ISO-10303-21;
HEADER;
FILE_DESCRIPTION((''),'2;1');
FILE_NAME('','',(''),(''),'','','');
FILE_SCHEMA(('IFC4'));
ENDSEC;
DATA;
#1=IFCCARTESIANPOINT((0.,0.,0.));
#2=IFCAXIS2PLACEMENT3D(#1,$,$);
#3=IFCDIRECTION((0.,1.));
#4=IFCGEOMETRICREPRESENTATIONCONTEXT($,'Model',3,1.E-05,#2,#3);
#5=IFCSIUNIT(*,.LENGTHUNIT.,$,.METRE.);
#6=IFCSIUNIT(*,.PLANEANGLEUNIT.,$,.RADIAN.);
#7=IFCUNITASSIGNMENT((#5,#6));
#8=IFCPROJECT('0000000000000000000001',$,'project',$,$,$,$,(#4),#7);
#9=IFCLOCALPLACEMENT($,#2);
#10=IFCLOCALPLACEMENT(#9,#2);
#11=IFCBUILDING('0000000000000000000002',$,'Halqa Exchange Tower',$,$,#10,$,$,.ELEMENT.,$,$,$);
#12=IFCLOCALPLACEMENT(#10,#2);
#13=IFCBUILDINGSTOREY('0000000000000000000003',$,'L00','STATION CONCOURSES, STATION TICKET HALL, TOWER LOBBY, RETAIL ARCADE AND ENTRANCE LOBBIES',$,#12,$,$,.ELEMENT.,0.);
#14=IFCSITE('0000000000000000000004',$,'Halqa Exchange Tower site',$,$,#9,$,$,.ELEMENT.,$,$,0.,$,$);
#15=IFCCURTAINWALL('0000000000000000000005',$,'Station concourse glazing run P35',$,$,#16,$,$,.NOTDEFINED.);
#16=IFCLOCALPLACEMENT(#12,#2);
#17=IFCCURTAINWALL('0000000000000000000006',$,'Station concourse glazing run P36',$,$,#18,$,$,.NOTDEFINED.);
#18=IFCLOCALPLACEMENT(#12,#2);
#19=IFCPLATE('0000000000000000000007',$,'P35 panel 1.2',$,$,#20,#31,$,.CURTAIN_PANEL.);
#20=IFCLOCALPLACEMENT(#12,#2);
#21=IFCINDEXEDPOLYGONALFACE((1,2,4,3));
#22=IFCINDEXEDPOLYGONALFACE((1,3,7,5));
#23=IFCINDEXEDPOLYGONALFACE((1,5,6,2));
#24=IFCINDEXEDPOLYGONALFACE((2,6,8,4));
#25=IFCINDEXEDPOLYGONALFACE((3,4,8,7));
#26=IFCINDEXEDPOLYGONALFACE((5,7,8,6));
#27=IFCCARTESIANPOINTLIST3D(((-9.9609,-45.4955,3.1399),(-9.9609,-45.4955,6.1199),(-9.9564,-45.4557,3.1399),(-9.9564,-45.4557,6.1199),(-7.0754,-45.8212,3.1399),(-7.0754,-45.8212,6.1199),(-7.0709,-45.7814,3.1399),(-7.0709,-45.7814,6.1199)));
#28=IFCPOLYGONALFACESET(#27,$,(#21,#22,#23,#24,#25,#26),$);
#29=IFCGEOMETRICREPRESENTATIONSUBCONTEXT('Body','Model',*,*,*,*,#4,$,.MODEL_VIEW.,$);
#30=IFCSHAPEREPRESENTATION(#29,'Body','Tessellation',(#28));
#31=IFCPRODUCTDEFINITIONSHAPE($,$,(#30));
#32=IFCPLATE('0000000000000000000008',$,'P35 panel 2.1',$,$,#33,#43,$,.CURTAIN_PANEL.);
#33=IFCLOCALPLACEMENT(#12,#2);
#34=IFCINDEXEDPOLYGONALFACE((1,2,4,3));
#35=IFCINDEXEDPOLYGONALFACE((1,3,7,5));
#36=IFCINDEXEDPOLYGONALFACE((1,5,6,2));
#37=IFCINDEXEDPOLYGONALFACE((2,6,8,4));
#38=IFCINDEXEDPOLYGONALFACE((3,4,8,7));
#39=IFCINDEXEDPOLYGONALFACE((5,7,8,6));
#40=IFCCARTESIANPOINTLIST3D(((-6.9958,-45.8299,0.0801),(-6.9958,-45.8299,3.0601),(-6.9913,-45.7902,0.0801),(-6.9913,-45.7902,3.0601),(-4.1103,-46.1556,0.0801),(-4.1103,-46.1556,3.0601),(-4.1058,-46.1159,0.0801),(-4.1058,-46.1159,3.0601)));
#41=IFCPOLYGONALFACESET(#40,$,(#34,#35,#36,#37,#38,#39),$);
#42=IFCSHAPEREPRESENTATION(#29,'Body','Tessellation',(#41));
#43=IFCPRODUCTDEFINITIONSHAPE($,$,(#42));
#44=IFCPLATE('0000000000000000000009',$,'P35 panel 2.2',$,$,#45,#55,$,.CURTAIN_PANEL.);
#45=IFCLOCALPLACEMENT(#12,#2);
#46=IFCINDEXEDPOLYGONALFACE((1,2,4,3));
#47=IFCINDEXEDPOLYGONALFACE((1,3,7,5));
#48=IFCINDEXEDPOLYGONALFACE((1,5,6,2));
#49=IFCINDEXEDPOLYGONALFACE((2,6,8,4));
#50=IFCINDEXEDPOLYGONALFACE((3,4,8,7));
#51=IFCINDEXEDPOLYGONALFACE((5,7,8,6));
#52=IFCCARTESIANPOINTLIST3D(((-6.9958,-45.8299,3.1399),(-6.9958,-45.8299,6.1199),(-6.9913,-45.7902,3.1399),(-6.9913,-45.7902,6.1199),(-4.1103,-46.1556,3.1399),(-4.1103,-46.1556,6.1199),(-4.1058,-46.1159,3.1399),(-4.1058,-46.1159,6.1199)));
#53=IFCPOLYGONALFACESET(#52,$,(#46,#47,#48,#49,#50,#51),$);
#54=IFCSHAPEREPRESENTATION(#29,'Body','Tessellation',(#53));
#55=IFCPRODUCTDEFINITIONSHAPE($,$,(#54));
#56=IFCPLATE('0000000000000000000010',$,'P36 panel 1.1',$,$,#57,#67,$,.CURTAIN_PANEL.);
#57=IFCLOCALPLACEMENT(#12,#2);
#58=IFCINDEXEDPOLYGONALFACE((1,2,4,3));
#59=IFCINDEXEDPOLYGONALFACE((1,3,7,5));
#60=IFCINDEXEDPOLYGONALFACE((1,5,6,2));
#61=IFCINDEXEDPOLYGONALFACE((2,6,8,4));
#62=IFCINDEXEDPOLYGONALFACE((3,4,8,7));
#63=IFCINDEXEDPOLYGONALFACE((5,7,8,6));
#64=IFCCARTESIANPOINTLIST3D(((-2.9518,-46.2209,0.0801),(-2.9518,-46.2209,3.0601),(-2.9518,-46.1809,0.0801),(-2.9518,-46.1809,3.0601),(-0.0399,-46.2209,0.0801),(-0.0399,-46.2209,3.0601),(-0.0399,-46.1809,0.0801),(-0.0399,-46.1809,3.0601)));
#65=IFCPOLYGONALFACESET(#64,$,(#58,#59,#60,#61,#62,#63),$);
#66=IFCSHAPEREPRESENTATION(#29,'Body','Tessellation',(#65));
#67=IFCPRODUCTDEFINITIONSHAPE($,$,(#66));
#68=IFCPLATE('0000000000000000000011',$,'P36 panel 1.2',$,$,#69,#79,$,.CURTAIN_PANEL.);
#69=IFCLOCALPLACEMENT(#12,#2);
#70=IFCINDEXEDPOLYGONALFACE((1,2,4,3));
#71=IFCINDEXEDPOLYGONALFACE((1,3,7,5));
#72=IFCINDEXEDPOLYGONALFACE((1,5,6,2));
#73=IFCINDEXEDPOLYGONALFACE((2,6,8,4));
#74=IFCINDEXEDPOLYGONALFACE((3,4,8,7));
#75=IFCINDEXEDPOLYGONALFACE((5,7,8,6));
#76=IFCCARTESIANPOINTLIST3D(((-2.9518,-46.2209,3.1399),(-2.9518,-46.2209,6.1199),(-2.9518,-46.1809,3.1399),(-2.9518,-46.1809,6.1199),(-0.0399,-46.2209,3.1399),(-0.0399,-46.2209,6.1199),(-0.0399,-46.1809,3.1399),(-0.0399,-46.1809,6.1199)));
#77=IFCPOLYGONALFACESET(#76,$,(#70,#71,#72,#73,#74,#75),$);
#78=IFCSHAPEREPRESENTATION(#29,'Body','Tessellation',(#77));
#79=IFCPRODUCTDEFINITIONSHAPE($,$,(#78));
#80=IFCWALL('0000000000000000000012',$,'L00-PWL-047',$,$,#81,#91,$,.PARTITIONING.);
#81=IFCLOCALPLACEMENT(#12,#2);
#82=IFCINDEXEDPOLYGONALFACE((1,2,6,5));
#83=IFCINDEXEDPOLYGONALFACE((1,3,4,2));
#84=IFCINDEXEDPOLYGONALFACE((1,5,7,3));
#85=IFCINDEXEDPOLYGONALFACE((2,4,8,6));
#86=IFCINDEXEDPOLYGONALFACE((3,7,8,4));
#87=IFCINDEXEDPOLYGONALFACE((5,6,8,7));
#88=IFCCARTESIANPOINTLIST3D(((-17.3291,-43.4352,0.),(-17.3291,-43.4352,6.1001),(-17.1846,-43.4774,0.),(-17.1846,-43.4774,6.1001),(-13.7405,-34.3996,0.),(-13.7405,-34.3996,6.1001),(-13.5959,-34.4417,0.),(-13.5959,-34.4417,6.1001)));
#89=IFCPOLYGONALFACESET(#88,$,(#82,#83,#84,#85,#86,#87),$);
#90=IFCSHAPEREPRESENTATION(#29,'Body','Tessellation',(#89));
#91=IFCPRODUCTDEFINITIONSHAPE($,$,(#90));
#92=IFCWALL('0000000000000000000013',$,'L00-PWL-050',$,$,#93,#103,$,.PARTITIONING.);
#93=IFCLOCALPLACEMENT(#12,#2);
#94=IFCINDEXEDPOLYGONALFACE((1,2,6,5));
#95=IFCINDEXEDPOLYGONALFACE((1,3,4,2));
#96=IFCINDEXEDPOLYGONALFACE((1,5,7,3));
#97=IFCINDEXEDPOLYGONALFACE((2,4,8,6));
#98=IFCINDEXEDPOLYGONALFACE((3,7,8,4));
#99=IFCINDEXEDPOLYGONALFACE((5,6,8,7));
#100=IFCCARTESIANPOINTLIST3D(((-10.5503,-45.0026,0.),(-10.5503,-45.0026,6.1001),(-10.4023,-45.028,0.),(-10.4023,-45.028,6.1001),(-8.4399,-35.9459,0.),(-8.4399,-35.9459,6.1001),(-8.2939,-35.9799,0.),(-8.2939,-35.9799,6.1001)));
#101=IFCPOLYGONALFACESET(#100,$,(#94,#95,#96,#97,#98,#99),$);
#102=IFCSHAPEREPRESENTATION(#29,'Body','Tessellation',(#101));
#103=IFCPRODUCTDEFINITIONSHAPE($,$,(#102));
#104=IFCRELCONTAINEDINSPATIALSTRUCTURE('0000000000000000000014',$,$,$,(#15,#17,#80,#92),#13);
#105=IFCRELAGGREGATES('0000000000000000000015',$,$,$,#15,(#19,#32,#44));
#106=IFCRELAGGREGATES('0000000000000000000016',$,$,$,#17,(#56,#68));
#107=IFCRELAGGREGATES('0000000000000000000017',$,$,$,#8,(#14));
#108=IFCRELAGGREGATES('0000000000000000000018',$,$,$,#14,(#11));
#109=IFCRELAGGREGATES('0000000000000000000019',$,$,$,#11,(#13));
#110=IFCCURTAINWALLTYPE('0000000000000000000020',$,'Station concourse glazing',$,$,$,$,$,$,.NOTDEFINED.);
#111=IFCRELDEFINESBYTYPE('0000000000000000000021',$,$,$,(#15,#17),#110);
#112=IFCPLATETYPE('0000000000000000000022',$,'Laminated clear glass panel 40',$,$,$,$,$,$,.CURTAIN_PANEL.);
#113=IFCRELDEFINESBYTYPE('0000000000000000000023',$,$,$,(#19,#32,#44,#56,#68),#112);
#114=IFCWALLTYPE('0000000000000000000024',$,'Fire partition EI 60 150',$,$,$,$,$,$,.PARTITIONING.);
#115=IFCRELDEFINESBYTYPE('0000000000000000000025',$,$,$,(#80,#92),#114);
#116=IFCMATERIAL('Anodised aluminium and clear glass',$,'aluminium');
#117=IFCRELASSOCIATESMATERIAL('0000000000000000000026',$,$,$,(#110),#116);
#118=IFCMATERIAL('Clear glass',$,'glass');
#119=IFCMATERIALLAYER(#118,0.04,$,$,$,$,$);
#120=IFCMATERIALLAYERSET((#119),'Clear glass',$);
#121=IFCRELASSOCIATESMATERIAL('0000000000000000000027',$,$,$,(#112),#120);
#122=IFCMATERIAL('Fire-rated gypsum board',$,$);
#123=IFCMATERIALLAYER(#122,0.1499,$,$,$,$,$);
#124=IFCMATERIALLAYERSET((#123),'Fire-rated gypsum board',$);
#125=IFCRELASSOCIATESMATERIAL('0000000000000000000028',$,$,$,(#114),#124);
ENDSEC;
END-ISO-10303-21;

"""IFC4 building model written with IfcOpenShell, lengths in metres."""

from ifc_helpers import new_model, si_unit, direction, frame, origin, origin_2d, place, context, subcontext, project, spatial, polyline, rectangle, outline, extrude, material, layer, layer_set, type_object, element, aggregate, save


model = new_model("IFC4")

# Units and contexts
model_context = context("Model", 3, precision=1e-05, world=origin(), true_north=direction((0.0, 1.0)))
body_context = subcontext(model_context, "Body", "Model", "MODEL_VIEW")
ifc_project = project(units=[si_unit("LENGTHUNIT", "METRE"), si_unit("PLANEANGLEUNIT", "RADIAN")], contexts=[model_context])

# Site, building, storey
site_placement = place(None, origin())
site = spatial("IfcSite", under=ifc_project, at=site_placement, Name="Halqa Exchange Tower site", CompositionType="ELEMENT", RefElevation=0.0)
building_placement = place(site_placement, origin())
building = spatial("IfcBuilding", under=site, at=building_placement, Name="Halqa Exchange Tower", CompositionType="ELEMENT")
storey_placement = place(building_placement, origin())
storey = spatial("IfcBuildingStorey", under=building, at=storey_placement, Name="L00", Description="STATION CONCOURSES, STATION TICKET HALL, TOWER LOBBY, RETAIL ARCADE AND ENTRANCE LOBBIES", CompositionType="ELEMENT", Elevation=0.0)

# Shared definitions
ifc_material_1 = material(Name="Anodised aluminium and clear glass", Category="aluminium")
curtain_wall_type = type_object("IfcCurtainWallType", Name="Station concourse glazing", PredefinedType="NOTDEFINED", material=ifc_material_1)

# Curtain wall
curtain_wall_1_placement = place(storey_placement, origin())
curtain_wall_1 = element("IfcCurtainWall", 1, at=curtain_wall_1_placement, inside=storey, type_object=curtain_wall_type, Name="Station concourse glazing run P35", PredefinedType="NOTDEFINED")

# Curtain wall
curtain_wall_2_placement = place(storey_placement, origin())
curtain_wall_2 = element("IfcCurtainWall", 2, at=curtain_wall_2_placement, inside=storey, type_object=curtain_wall_type, Name="Station concourse glazing run P36", PredefinedType="NOTDEFINED")

# Plates
ifc_material_2 = material(Name="Clear glass", Category="glass")
ifc_layer_1 = layer(ifc_material_2, 0.04)
ifc_layer_set_1 = layer_set([ifc_layer_1], Name="Clear glass")
plate_type = type_object("IfcPlateType", Name="Laminated clear glass panel 40", PredefinedType="CURTAIN_PANEL", material=ifc_layer_set_1)
plate_1_placement = place(storey_placement, frame((-8.5159, -45.6384, 3.1399), z_axis=(0.0, 0.0, 1.0), x_axis=(0.99369, -0.112159, 0.0)))
plate_1 = element("IfcPlate", 3, at=plate_1_placement, type_object=plate_type, Name="P35 panel 1.2", PredefinedType="CURTAIN_PANEL", context=body_context, shape_type="SweptSolid", body=[
    extrude(rectangle(XDim=2.9038, YDim=0.04, at=origin_2d()), origin(), (0.0, 0.0, 1.0), 2.98),
])
plate_2_placement = place(storey_placement, frame((-5.5508, -45.9729, 0.0801), z_axis=(0.0, 0.0, 1.0), x_axis=(0.99369, -0.112159, 0.0)))
plate_2 = element("IfcPlate", 4, at=plate_2_placement, type_object=plate_type, Name="P35 panel 2.1", PredefinedType="CURTAIN_PANEL", context=body_context, shape_type="SweptSolid", body=[
    extrude(rectangle(XDim=2.9038, YDim=0.04, at=origin_2d()), origin(), (0.0, 0.0, 1.0), 2.98),
])
plate_3_placement = place(storey_placement, frame((-5.5508, -45.9729, 3.1399), z_axis=(0.0, 0.0, 1.0), x_axis=(0.99369, -0.112159, 0.0)))
plate_3 = element("IfcPlate", 5, at=plate_3_placement, type_object=plate_type, Name="P35 panel 2.2", PredefinedType="CURTAIN_PANEL", context=body_context, shape_type="SweptSolid", body=[
    extrude(rectangle(XDim=2.9038, YDim=0.04, at=origin_2d()), origin(), (0.0, 0.0, 1.0), 2.98),
])
aggregate(curtain_wall_1, [plate_1, plate_2, plate_3])
plate_4_placement = place(storey_placement, frame((-1.4958, -46.2009, 0.0801), z_axis=(0.0, 0.0, 1.0), x_axis=(1.0, 0.0, 0.0)))
plate_4 = element("IfcPlate", 6, at=plate_4_placement, type_object=plate_type, Name="P36 panel 1.1", PredefinedType="CURTAIN_PANEL", context=body_context, shape_type="SweptSolid", body=[
    extrude(rectangle(XDim=2.9119, YDim=0.04, at=origin_2d()), origin(), (0.0, 0.0, 1.0), 2.98),
])
plate_5_placement = place(storey_placement, frame((-1.4958, -46.2009, 3.1399), z_axis=(0.0, 0.0, 1.0), x_axis=(1.0, 0.0, 0.0)))
plate_5 = element("IfcPlate", 7, at=plate_5_placement, type_object=plate_type, Name="P36 panel 1.2", PredefinedType="CURTAIN_PANEL", context=body_context, shape_type="SweptSolid", body=[
    extrude(rectangle(XDim=2.9119, YDim=0.04, at=origin_2d()), origin(), (0.0, 0.0, 1.0), 2.98),
])
aggregate(curtain_wall_2, [plate_4, plate_5])

# Walls
ifc_material_3 = material(Name="Fire-rated gypsum board")
ifc_layer_2 = layer(ifc_material_3, 0.1499)
ifc_layer_set_2 = layer_set([ifc_layer_2], Name="Fire-rated gypsum board")
wall_type = type_object("IfcWallType", Name="Fire partition EI 60 150", PredefinedType="PARTITIONING", material=ifc_layer_set_2)
wall_1_placement = place(storey_placement, frame((-13.6682, -34.4207, 0.0), z_axis=(0.0, 0.0, 1.0), x_axis=(-0.369117, -0.929383, 0.0)))
element("IfcWall", 8, at=wall_1_placement, inside=storey, type_object=wall_type, Name="L00-PWL-047", PredefinedType="PARTITIONING", context=body_context, shape_type="SweptSolid", body=[
    extrude(outline(polyline([(0.0071, -0.075), (9.7292, -0.075), (9.7151, 0.075), (-0.0071, 0.075), (0.0071, -0.075)])), origin(), (0.0, 0.0, 1.0), 6.1001),
])
wall_2_placement = place(storey_placement, frame((-8.3669, -35.9629, 0.0), z_axis=(0.0, 0.0, 1.0), x_axis=(-0.226937, -0.97391, 0.0)))
element("IfcWall", 9, at=wall_2_placement, inside=storey, type_object=wall_type, Name="L00-PWL-050", PredefinedType="PARTITIONING", context=body_context, shape_type="SweptSolid", body=[
    extrude(outline(polyline([(0.0, -0.075), (9.2993, -0.075), (9.2905, 0.075), (0.0, 0.075), (0.0, -0.075)])), origin(), (0.0, 0.0, 1.0), 6.1001),
])

save(model, "model.ifc")
